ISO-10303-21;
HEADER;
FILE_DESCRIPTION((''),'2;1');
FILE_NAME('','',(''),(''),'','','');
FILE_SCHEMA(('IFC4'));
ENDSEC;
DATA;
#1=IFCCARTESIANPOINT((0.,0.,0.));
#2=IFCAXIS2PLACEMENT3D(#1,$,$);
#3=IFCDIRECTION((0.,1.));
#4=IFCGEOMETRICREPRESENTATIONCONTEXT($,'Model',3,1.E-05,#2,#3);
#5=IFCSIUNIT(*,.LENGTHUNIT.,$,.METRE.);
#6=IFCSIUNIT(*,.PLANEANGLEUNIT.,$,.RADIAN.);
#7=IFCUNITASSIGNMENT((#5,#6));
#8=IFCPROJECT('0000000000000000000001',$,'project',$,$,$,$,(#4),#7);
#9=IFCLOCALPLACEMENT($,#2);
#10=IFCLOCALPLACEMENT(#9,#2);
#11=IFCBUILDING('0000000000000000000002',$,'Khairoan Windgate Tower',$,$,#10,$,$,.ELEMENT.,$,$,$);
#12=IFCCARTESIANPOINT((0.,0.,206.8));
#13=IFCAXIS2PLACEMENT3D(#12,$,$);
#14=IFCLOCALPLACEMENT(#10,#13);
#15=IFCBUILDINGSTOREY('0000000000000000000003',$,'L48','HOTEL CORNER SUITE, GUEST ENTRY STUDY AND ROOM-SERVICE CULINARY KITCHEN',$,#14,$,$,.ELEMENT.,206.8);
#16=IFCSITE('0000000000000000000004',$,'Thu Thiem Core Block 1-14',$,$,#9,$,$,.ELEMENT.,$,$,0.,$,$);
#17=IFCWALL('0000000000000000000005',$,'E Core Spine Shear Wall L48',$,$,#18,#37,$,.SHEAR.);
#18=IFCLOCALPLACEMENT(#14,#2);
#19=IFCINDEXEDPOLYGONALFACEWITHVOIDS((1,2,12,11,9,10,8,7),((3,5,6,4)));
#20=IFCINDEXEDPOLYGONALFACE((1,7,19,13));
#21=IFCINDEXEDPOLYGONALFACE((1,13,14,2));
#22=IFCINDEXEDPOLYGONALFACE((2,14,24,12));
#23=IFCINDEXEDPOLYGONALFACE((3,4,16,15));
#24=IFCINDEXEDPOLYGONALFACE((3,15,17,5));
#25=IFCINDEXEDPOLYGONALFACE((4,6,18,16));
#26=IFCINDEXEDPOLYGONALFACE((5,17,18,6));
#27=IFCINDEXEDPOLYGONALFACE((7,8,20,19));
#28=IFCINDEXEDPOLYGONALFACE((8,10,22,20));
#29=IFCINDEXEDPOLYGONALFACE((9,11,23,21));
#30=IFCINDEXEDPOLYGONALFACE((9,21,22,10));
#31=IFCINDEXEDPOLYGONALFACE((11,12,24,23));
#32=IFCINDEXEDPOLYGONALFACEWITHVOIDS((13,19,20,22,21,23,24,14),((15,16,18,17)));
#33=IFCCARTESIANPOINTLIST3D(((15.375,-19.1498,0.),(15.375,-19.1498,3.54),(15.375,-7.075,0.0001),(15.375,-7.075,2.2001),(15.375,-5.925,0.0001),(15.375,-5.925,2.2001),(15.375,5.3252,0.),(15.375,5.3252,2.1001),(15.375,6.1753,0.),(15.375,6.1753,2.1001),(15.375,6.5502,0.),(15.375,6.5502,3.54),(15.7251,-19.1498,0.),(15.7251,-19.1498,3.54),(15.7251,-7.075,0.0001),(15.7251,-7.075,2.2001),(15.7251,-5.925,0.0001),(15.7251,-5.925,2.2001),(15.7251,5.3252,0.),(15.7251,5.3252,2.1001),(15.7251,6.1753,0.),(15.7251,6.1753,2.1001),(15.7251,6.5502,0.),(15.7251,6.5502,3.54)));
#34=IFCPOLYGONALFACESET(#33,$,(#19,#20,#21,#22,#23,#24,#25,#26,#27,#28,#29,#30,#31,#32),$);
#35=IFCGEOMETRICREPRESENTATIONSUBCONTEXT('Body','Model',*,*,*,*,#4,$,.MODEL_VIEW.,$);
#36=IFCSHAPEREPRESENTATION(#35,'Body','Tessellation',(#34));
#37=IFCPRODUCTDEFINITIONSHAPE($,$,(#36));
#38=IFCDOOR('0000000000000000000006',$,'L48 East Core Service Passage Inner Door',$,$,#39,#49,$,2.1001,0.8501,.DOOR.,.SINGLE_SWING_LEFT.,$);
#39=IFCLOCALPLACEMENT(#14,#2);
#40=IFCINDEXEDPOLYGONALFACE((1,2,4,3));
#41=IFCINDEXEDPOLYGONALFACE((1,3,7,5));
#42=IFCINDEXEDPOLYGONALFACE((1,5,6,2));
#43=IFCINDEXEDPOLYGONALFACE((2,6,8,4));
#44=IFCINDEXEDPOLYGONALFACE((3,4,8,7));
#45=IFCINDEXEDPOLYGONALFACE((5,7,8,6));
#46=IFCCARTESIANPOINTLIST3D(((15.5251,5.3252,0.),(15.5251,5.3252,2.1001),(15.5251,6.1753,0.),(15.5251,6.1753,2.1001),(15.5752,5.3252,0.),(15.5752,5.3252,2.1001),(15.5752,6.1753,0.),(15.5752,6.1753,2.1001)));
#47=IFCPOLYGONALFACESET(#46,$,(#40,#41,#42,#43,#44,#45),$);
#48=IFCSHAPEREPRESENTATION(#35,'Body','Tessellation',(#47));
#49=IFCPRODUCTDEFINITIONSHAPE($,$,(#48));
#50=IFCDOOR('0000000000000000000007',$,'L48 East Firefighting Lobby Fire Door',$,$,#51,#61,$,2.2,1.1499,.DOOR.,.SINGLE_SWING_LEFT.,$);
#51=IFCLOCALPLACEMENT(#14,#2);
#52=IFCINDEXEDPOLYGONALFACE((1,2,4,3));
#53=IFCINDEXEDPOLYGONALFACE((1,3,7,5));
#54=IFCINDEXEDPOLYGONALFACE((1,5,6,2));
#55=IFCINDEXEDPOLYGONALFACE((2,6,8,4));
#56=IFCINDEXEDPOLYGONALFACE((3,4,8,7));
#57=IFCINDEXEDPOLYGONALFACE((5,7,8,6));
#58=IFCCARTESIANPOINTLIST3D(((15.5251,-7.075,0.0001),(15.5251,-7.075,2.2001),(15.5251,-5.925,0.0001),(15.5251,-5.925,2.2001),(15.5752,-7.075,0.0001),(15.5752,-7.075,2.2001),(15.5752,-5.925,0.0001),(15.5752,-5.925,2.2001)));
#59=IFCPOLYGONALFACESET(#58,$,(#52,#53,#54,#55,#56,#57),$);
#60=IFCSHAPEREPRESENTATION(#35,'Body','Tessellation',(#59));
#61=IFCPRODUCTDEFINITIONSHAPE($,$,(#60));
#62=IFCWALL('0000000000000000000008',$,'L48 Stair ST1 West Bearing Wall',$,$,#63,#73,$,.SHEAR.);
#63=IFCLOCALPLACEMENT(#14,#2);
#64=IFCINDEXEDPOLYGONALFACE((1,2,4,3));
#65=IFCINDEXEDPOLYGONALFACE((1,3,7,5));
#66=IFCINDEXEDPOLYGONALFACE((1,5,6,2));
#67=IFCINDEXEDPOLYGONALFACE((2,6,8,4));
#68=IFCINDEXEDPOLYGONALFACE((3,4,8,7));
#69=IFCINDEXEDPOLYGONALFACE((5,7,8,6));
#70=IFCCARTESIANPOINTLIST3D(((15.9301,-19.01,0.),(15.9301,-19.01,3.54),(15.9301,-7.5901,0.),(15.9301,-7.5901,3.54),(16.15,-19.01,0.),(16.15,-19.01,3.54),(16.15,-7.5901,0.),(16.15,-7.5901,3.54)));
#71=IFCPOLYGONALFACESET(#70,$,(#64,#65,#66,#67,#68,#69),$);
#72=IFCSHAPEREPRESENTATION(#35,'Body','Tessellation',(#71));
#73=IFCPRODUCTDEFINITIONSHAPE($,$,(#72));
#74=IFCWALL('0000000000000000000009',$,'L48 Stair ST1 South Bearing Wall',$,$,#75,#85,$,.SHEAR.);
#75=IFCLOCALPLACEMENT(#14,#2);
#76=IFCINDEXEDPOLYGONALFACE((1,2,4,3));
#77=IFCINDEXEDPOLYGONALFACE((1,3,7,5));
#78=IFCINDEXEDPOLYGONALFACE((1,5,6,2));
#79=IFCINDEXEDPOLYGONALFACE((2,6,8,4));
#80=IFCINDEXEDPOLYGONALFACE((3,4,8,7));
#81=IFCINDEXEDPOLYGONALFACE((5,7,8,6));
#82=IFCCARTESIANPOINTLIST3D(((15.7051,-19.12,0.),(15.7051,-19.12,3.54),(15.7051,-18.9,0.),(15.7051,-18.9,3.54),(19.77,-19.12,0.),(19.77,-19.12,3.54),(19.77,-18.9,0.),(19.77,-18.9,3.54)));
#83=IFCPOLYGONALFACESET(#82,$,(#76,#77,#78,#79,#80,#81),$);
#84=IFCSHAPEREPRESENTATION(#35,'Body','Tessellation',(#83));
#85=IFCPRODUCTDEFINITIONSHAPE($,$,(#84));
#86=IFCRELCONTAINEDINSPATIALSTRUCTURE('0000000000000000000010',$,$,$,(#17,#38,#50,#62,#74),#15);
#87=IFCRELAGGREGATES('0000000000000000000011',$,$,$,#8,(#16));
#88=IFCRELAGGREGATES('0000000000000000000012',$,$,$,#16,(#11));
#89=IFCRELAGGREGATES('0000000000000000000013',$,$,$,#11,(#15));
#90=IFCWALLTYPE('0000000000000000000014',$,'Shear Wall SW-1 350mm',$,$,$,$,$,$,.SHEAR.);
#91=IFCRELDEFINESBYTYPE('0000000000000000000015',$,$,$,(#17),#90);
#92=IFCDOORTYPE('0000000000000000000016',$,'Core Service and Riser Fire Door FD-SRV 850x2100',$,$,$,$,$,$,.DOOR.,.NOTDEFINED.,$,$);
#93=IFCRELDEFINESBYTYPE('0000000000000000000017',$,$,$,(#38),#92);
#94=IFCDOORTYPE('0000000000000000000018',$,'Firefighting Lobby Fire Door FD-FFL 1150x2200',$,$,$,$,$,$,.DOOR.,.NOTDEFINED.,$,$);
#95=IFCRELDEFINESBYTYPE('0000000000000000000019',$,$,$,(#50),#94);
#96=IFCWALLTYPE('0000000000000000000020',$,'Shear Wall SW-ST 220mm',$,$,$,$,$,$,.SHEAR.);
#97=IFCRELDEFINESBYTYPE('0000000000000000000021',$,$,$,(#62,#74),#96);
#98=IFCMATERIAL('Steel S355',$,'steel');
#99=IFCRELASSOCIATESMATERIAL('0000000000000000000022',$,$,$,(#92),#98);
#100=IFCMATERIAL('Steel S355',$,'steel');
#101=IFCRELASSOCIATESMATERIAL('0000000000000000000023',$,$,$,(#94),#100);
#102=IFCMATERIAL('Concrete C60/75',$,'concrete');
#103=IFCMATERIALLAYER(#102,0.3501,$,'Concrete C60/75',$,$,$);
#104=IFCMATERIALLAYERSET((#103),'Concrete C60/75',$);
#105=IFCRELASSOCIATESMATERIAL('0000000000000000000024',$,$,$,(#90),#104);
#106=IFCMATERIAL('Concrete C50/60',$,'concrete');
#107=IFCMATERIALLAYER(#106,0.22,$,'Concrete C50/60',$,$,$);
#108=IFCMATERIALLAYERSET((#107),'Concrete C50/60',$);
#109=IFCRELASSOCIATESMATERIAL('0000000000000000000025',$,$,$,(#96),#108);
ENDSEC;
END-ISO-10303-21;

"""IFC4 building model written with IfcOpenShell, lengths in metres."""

from ifc_helpers import new_model, si_unit, direction, frame, frame_2d, origin, place, context, subcontext, project, spatial, rectangle, extrude, material, layer, layer_set, type_object, element, fill, save


model = new_model("IFC4")

# Units and contexts
model_context = context("Model", 3, precision=1e-05, world=origin(), true_north=direction((0.0, 1.0)))
body_context = subcontext(model_context, "Body", "Model", "MODEL_VIEW")
ifc_project = project(units=[si_unit("LENGTHUNIT", "METRE"), si_unit("PLANEANGLEUNIT", "RADIAN")], contexts=[model_context])

# Site, building, storey
site_placement = place(None, origin())
site = spatial("IfcSite", under=ifc_project, at=site_placement, Name="Thu Thiem Core Block 1-14", CompositionType="ELEMENT", RefElevation=0.0)
building_placement = place(site_placement, origin())
building = spatial("IfcBuilding", under=site, at=building_placement, Name="Khairoan Windgate Tower", CompositionType="ELEMENT")
storey_placement = place(building_placement, frame((0.0, 0.0, 206.8)))
storey = spatial("IfcBuildingStorey", under=building, at=storey_placement, Name="L48", Description="HOTEL CORNER SUITE, GUEST ENTRY STUDY AND ROOM-SERVICE CULINARY KITCHEN", CompositionType="ELEMENT", Elevation=206.8)

# Shared definitions
ifc_material_1 = material(Name="Steel S355", Category="steel")
door_type_1 = type_object("IfcDoorType", Name="Core Service and Riser Fire Door FD-SRV 850x2100", OperationType="NOTDEFINED", PredefinedType="DOOR", material=ifc_material_1)
ifc_material_2 = material(Name="Steel S355", Category="steel")
door_type_2 = type_object("IfcDoorType", Name="Firefighting Lobby Fire Door FD-FFL 1150x2200", OperationType="NOTDEFINED", PredefinedType="DOOR", material=ifc_material_2)

# Wall, openings, doors
ifc_material_3 = material(Name="Concrete C60/75", Category="concrete")
ifc_layer_1 = layer(ifc_material_3, 0.3501, Name="Concrete C60/75")
ifc_layer_set_1 = layer_set([ifc_layer_1], Name="Concrete C60/75")
wall_type_1 = type_object("IfcWallType", Name="Shear Wall SW-1 350mm", PredefinedType="SHEAR", material=ifc_layer_set_1)
wall_1_placement = place(storey_placement, frame((15.55, -19.1499, 0.0), z_axis=(0.0, 0.0, 1.0), x_axis=(0.0, 1.0, 0.0)))
wall_1 = element("IfcWall", 1, at=wall_1_placement, inside=storey, type_object=wall_type_1, Name="E Core Spine Shear Wall L48", PredefinedType="SHEAR", context=body_context, shape_type="SweptSolid", body=[
    extrude(rectangle(XDim=25.7, YDim=0.3501, at=frame_2d((12.8501, 0.0))), origin(), (0.0, 0.0, 1.0), 3.54),
])
opening_1_placement = place(wall_1_placement, frame((12.075, 0.0, 0.0)))
opening_1 = element("IfcOpeningElement", 2, at=opening_1_placement, cuts=wall_1, PredefinedType="OPENING", context=body_context, shape_type="SweptSolid", body=[
    extrude(rectangle(XDim=1.1499, YDim=2.2, at=frame_2d((0.575, 1.1001))), frame((0.0, 0.1851, 0.0), z_axis=(0.0, -1.0, 0.0), x_axis=(1.0, 0.0, 0.0)), (0.0, 0.0, 1.0), 0.3701),
])
opening_2_placement = place(wall_1_placement, frame((24.4751, 0.0, 0.0)))
opening_2 = element("IfcOpeningElement", 3, at=opening_2_placement, cuts=wall_1, PredefinedType="OPENING", context=body_context, shape_type="SweptSolid", body=[
    extrude(rectangle(XDim=0.8501, YDim=2.1001, at=frame_2d((0.425, 1.05))), frame((0.0, 0.1851, 0.0), z_axis=(0.0, -1.0, 0.0), x_axis=(1.0, 0.0, 0.0)), (0.0, 0.0, 1.0), 0.3701),
])
door_1_placement = place(opening_2_placement, origin())
door_1 = element("IfcDoor", 4, at=door_1_placement, inside=storey, type_object=door_type_1, Name="L48 East Core Service Passage Inner Door", OperationType="SINGLE_SWING_LEFT", OverallHeight=2.1001, OverallWidth=0.8501, PredefinedType="DOOR", context=body_context, shape_type="SweptSolid", body=[
    extrude(rectangle(XDim=0.8501, YDim=2.1001, at=frame_2d((0.425, 1.05))), frame((0.0, 0.0249, 0.0), z_axis=(0.0, -1.0, 0.0), x_axis=(1.0, 0.0, 0.0)), (0.0, 0.0, 1.0), 0.05),
])
fill(opening_2, door_1)
door_2_placement = place(opening_1_placement, origin())
door_2 = element("IfcDoor", 5, at=door_2_placement, inside=storey, type_object=door_type_2, Name="L48 East Firefighting Lobby Fire Door", OperationType="SINGLE_SWING_LEFT", OverallHeight=2.2, OverallWidth=1.1499, PredefinedType="DOOR", context=body_context, shape_type="SweptSolid", body=[
    extrude(rectangle(XDim=1.1499, YDim=2.2, at=frame_2d((0.575, 1.1001))), frame((0.0, 0.0249, 0.0), z_axis=(0.0, -1.0, 0.0), x_axis=(1.0, 0.0, 0.0)), (0.0, 0.0, 1.0), 0.05),
])
fill(opening_1, door_2)

# Walls
ifc_material_4 = material(Name="Concrete C50/60", Category="concrete")
ifc_layer_2 = layer(ifc_material_4, 0.22, Name="Concrete C50/60")
ifc_layer_set_2 = layer_set([ifc_layer_2], Name="Concrete C50/60")
wall_type_2 = type_object("IfcWallType", Name="Shear Wall SW-ST 220mm", PredefinedType="SHEAR", material=ifc_layer_set_2)
wall_2_placement = place(storey_placement, frame((16.04, -19.01, 0.0), z_axis=(0.0, 0.0, 1.0), x_axis=(0.0, 1.0, 0.0)))
element("IfcWall", 6, at=wall_2_placement, inside=storey, type_object=wall_type_2, Name="L48 Stair ST1 West Bearing Wall", PredefinedType="SHEAR", context=body_context, shape_type="SweptSolid", body=[
    extrude(rectangle(XDim=11.4199, YDim=0.22, at=frame_2d((5.71, 0.0))), origin(), (0.0, 0.0, 1.0), 3.54),
])
wall_3_placement = place(storey_placement, frame((15.7051, -19.01, 0.0), z_axis=(0.0, 0.0, 1.0), x_axis=(1.0, 0.0, 0.0)))
element("IfcWall", 7, at=wall_3_placement, inside=storey, type_object=wall_type_2, Name="L48 Stair ST1 South Bearing Wall", PredefinedType="SHEAR", context=body_context, shape_type="SweptSolid", body=[
    extrude(rectangle(XDim=4.0649, YDim=0.22, at=frame_2d((2.0325, 0.0))), origin(), (0.0, 0.0, 1.0), 3.54),
])

save(model, "model.ifc")
